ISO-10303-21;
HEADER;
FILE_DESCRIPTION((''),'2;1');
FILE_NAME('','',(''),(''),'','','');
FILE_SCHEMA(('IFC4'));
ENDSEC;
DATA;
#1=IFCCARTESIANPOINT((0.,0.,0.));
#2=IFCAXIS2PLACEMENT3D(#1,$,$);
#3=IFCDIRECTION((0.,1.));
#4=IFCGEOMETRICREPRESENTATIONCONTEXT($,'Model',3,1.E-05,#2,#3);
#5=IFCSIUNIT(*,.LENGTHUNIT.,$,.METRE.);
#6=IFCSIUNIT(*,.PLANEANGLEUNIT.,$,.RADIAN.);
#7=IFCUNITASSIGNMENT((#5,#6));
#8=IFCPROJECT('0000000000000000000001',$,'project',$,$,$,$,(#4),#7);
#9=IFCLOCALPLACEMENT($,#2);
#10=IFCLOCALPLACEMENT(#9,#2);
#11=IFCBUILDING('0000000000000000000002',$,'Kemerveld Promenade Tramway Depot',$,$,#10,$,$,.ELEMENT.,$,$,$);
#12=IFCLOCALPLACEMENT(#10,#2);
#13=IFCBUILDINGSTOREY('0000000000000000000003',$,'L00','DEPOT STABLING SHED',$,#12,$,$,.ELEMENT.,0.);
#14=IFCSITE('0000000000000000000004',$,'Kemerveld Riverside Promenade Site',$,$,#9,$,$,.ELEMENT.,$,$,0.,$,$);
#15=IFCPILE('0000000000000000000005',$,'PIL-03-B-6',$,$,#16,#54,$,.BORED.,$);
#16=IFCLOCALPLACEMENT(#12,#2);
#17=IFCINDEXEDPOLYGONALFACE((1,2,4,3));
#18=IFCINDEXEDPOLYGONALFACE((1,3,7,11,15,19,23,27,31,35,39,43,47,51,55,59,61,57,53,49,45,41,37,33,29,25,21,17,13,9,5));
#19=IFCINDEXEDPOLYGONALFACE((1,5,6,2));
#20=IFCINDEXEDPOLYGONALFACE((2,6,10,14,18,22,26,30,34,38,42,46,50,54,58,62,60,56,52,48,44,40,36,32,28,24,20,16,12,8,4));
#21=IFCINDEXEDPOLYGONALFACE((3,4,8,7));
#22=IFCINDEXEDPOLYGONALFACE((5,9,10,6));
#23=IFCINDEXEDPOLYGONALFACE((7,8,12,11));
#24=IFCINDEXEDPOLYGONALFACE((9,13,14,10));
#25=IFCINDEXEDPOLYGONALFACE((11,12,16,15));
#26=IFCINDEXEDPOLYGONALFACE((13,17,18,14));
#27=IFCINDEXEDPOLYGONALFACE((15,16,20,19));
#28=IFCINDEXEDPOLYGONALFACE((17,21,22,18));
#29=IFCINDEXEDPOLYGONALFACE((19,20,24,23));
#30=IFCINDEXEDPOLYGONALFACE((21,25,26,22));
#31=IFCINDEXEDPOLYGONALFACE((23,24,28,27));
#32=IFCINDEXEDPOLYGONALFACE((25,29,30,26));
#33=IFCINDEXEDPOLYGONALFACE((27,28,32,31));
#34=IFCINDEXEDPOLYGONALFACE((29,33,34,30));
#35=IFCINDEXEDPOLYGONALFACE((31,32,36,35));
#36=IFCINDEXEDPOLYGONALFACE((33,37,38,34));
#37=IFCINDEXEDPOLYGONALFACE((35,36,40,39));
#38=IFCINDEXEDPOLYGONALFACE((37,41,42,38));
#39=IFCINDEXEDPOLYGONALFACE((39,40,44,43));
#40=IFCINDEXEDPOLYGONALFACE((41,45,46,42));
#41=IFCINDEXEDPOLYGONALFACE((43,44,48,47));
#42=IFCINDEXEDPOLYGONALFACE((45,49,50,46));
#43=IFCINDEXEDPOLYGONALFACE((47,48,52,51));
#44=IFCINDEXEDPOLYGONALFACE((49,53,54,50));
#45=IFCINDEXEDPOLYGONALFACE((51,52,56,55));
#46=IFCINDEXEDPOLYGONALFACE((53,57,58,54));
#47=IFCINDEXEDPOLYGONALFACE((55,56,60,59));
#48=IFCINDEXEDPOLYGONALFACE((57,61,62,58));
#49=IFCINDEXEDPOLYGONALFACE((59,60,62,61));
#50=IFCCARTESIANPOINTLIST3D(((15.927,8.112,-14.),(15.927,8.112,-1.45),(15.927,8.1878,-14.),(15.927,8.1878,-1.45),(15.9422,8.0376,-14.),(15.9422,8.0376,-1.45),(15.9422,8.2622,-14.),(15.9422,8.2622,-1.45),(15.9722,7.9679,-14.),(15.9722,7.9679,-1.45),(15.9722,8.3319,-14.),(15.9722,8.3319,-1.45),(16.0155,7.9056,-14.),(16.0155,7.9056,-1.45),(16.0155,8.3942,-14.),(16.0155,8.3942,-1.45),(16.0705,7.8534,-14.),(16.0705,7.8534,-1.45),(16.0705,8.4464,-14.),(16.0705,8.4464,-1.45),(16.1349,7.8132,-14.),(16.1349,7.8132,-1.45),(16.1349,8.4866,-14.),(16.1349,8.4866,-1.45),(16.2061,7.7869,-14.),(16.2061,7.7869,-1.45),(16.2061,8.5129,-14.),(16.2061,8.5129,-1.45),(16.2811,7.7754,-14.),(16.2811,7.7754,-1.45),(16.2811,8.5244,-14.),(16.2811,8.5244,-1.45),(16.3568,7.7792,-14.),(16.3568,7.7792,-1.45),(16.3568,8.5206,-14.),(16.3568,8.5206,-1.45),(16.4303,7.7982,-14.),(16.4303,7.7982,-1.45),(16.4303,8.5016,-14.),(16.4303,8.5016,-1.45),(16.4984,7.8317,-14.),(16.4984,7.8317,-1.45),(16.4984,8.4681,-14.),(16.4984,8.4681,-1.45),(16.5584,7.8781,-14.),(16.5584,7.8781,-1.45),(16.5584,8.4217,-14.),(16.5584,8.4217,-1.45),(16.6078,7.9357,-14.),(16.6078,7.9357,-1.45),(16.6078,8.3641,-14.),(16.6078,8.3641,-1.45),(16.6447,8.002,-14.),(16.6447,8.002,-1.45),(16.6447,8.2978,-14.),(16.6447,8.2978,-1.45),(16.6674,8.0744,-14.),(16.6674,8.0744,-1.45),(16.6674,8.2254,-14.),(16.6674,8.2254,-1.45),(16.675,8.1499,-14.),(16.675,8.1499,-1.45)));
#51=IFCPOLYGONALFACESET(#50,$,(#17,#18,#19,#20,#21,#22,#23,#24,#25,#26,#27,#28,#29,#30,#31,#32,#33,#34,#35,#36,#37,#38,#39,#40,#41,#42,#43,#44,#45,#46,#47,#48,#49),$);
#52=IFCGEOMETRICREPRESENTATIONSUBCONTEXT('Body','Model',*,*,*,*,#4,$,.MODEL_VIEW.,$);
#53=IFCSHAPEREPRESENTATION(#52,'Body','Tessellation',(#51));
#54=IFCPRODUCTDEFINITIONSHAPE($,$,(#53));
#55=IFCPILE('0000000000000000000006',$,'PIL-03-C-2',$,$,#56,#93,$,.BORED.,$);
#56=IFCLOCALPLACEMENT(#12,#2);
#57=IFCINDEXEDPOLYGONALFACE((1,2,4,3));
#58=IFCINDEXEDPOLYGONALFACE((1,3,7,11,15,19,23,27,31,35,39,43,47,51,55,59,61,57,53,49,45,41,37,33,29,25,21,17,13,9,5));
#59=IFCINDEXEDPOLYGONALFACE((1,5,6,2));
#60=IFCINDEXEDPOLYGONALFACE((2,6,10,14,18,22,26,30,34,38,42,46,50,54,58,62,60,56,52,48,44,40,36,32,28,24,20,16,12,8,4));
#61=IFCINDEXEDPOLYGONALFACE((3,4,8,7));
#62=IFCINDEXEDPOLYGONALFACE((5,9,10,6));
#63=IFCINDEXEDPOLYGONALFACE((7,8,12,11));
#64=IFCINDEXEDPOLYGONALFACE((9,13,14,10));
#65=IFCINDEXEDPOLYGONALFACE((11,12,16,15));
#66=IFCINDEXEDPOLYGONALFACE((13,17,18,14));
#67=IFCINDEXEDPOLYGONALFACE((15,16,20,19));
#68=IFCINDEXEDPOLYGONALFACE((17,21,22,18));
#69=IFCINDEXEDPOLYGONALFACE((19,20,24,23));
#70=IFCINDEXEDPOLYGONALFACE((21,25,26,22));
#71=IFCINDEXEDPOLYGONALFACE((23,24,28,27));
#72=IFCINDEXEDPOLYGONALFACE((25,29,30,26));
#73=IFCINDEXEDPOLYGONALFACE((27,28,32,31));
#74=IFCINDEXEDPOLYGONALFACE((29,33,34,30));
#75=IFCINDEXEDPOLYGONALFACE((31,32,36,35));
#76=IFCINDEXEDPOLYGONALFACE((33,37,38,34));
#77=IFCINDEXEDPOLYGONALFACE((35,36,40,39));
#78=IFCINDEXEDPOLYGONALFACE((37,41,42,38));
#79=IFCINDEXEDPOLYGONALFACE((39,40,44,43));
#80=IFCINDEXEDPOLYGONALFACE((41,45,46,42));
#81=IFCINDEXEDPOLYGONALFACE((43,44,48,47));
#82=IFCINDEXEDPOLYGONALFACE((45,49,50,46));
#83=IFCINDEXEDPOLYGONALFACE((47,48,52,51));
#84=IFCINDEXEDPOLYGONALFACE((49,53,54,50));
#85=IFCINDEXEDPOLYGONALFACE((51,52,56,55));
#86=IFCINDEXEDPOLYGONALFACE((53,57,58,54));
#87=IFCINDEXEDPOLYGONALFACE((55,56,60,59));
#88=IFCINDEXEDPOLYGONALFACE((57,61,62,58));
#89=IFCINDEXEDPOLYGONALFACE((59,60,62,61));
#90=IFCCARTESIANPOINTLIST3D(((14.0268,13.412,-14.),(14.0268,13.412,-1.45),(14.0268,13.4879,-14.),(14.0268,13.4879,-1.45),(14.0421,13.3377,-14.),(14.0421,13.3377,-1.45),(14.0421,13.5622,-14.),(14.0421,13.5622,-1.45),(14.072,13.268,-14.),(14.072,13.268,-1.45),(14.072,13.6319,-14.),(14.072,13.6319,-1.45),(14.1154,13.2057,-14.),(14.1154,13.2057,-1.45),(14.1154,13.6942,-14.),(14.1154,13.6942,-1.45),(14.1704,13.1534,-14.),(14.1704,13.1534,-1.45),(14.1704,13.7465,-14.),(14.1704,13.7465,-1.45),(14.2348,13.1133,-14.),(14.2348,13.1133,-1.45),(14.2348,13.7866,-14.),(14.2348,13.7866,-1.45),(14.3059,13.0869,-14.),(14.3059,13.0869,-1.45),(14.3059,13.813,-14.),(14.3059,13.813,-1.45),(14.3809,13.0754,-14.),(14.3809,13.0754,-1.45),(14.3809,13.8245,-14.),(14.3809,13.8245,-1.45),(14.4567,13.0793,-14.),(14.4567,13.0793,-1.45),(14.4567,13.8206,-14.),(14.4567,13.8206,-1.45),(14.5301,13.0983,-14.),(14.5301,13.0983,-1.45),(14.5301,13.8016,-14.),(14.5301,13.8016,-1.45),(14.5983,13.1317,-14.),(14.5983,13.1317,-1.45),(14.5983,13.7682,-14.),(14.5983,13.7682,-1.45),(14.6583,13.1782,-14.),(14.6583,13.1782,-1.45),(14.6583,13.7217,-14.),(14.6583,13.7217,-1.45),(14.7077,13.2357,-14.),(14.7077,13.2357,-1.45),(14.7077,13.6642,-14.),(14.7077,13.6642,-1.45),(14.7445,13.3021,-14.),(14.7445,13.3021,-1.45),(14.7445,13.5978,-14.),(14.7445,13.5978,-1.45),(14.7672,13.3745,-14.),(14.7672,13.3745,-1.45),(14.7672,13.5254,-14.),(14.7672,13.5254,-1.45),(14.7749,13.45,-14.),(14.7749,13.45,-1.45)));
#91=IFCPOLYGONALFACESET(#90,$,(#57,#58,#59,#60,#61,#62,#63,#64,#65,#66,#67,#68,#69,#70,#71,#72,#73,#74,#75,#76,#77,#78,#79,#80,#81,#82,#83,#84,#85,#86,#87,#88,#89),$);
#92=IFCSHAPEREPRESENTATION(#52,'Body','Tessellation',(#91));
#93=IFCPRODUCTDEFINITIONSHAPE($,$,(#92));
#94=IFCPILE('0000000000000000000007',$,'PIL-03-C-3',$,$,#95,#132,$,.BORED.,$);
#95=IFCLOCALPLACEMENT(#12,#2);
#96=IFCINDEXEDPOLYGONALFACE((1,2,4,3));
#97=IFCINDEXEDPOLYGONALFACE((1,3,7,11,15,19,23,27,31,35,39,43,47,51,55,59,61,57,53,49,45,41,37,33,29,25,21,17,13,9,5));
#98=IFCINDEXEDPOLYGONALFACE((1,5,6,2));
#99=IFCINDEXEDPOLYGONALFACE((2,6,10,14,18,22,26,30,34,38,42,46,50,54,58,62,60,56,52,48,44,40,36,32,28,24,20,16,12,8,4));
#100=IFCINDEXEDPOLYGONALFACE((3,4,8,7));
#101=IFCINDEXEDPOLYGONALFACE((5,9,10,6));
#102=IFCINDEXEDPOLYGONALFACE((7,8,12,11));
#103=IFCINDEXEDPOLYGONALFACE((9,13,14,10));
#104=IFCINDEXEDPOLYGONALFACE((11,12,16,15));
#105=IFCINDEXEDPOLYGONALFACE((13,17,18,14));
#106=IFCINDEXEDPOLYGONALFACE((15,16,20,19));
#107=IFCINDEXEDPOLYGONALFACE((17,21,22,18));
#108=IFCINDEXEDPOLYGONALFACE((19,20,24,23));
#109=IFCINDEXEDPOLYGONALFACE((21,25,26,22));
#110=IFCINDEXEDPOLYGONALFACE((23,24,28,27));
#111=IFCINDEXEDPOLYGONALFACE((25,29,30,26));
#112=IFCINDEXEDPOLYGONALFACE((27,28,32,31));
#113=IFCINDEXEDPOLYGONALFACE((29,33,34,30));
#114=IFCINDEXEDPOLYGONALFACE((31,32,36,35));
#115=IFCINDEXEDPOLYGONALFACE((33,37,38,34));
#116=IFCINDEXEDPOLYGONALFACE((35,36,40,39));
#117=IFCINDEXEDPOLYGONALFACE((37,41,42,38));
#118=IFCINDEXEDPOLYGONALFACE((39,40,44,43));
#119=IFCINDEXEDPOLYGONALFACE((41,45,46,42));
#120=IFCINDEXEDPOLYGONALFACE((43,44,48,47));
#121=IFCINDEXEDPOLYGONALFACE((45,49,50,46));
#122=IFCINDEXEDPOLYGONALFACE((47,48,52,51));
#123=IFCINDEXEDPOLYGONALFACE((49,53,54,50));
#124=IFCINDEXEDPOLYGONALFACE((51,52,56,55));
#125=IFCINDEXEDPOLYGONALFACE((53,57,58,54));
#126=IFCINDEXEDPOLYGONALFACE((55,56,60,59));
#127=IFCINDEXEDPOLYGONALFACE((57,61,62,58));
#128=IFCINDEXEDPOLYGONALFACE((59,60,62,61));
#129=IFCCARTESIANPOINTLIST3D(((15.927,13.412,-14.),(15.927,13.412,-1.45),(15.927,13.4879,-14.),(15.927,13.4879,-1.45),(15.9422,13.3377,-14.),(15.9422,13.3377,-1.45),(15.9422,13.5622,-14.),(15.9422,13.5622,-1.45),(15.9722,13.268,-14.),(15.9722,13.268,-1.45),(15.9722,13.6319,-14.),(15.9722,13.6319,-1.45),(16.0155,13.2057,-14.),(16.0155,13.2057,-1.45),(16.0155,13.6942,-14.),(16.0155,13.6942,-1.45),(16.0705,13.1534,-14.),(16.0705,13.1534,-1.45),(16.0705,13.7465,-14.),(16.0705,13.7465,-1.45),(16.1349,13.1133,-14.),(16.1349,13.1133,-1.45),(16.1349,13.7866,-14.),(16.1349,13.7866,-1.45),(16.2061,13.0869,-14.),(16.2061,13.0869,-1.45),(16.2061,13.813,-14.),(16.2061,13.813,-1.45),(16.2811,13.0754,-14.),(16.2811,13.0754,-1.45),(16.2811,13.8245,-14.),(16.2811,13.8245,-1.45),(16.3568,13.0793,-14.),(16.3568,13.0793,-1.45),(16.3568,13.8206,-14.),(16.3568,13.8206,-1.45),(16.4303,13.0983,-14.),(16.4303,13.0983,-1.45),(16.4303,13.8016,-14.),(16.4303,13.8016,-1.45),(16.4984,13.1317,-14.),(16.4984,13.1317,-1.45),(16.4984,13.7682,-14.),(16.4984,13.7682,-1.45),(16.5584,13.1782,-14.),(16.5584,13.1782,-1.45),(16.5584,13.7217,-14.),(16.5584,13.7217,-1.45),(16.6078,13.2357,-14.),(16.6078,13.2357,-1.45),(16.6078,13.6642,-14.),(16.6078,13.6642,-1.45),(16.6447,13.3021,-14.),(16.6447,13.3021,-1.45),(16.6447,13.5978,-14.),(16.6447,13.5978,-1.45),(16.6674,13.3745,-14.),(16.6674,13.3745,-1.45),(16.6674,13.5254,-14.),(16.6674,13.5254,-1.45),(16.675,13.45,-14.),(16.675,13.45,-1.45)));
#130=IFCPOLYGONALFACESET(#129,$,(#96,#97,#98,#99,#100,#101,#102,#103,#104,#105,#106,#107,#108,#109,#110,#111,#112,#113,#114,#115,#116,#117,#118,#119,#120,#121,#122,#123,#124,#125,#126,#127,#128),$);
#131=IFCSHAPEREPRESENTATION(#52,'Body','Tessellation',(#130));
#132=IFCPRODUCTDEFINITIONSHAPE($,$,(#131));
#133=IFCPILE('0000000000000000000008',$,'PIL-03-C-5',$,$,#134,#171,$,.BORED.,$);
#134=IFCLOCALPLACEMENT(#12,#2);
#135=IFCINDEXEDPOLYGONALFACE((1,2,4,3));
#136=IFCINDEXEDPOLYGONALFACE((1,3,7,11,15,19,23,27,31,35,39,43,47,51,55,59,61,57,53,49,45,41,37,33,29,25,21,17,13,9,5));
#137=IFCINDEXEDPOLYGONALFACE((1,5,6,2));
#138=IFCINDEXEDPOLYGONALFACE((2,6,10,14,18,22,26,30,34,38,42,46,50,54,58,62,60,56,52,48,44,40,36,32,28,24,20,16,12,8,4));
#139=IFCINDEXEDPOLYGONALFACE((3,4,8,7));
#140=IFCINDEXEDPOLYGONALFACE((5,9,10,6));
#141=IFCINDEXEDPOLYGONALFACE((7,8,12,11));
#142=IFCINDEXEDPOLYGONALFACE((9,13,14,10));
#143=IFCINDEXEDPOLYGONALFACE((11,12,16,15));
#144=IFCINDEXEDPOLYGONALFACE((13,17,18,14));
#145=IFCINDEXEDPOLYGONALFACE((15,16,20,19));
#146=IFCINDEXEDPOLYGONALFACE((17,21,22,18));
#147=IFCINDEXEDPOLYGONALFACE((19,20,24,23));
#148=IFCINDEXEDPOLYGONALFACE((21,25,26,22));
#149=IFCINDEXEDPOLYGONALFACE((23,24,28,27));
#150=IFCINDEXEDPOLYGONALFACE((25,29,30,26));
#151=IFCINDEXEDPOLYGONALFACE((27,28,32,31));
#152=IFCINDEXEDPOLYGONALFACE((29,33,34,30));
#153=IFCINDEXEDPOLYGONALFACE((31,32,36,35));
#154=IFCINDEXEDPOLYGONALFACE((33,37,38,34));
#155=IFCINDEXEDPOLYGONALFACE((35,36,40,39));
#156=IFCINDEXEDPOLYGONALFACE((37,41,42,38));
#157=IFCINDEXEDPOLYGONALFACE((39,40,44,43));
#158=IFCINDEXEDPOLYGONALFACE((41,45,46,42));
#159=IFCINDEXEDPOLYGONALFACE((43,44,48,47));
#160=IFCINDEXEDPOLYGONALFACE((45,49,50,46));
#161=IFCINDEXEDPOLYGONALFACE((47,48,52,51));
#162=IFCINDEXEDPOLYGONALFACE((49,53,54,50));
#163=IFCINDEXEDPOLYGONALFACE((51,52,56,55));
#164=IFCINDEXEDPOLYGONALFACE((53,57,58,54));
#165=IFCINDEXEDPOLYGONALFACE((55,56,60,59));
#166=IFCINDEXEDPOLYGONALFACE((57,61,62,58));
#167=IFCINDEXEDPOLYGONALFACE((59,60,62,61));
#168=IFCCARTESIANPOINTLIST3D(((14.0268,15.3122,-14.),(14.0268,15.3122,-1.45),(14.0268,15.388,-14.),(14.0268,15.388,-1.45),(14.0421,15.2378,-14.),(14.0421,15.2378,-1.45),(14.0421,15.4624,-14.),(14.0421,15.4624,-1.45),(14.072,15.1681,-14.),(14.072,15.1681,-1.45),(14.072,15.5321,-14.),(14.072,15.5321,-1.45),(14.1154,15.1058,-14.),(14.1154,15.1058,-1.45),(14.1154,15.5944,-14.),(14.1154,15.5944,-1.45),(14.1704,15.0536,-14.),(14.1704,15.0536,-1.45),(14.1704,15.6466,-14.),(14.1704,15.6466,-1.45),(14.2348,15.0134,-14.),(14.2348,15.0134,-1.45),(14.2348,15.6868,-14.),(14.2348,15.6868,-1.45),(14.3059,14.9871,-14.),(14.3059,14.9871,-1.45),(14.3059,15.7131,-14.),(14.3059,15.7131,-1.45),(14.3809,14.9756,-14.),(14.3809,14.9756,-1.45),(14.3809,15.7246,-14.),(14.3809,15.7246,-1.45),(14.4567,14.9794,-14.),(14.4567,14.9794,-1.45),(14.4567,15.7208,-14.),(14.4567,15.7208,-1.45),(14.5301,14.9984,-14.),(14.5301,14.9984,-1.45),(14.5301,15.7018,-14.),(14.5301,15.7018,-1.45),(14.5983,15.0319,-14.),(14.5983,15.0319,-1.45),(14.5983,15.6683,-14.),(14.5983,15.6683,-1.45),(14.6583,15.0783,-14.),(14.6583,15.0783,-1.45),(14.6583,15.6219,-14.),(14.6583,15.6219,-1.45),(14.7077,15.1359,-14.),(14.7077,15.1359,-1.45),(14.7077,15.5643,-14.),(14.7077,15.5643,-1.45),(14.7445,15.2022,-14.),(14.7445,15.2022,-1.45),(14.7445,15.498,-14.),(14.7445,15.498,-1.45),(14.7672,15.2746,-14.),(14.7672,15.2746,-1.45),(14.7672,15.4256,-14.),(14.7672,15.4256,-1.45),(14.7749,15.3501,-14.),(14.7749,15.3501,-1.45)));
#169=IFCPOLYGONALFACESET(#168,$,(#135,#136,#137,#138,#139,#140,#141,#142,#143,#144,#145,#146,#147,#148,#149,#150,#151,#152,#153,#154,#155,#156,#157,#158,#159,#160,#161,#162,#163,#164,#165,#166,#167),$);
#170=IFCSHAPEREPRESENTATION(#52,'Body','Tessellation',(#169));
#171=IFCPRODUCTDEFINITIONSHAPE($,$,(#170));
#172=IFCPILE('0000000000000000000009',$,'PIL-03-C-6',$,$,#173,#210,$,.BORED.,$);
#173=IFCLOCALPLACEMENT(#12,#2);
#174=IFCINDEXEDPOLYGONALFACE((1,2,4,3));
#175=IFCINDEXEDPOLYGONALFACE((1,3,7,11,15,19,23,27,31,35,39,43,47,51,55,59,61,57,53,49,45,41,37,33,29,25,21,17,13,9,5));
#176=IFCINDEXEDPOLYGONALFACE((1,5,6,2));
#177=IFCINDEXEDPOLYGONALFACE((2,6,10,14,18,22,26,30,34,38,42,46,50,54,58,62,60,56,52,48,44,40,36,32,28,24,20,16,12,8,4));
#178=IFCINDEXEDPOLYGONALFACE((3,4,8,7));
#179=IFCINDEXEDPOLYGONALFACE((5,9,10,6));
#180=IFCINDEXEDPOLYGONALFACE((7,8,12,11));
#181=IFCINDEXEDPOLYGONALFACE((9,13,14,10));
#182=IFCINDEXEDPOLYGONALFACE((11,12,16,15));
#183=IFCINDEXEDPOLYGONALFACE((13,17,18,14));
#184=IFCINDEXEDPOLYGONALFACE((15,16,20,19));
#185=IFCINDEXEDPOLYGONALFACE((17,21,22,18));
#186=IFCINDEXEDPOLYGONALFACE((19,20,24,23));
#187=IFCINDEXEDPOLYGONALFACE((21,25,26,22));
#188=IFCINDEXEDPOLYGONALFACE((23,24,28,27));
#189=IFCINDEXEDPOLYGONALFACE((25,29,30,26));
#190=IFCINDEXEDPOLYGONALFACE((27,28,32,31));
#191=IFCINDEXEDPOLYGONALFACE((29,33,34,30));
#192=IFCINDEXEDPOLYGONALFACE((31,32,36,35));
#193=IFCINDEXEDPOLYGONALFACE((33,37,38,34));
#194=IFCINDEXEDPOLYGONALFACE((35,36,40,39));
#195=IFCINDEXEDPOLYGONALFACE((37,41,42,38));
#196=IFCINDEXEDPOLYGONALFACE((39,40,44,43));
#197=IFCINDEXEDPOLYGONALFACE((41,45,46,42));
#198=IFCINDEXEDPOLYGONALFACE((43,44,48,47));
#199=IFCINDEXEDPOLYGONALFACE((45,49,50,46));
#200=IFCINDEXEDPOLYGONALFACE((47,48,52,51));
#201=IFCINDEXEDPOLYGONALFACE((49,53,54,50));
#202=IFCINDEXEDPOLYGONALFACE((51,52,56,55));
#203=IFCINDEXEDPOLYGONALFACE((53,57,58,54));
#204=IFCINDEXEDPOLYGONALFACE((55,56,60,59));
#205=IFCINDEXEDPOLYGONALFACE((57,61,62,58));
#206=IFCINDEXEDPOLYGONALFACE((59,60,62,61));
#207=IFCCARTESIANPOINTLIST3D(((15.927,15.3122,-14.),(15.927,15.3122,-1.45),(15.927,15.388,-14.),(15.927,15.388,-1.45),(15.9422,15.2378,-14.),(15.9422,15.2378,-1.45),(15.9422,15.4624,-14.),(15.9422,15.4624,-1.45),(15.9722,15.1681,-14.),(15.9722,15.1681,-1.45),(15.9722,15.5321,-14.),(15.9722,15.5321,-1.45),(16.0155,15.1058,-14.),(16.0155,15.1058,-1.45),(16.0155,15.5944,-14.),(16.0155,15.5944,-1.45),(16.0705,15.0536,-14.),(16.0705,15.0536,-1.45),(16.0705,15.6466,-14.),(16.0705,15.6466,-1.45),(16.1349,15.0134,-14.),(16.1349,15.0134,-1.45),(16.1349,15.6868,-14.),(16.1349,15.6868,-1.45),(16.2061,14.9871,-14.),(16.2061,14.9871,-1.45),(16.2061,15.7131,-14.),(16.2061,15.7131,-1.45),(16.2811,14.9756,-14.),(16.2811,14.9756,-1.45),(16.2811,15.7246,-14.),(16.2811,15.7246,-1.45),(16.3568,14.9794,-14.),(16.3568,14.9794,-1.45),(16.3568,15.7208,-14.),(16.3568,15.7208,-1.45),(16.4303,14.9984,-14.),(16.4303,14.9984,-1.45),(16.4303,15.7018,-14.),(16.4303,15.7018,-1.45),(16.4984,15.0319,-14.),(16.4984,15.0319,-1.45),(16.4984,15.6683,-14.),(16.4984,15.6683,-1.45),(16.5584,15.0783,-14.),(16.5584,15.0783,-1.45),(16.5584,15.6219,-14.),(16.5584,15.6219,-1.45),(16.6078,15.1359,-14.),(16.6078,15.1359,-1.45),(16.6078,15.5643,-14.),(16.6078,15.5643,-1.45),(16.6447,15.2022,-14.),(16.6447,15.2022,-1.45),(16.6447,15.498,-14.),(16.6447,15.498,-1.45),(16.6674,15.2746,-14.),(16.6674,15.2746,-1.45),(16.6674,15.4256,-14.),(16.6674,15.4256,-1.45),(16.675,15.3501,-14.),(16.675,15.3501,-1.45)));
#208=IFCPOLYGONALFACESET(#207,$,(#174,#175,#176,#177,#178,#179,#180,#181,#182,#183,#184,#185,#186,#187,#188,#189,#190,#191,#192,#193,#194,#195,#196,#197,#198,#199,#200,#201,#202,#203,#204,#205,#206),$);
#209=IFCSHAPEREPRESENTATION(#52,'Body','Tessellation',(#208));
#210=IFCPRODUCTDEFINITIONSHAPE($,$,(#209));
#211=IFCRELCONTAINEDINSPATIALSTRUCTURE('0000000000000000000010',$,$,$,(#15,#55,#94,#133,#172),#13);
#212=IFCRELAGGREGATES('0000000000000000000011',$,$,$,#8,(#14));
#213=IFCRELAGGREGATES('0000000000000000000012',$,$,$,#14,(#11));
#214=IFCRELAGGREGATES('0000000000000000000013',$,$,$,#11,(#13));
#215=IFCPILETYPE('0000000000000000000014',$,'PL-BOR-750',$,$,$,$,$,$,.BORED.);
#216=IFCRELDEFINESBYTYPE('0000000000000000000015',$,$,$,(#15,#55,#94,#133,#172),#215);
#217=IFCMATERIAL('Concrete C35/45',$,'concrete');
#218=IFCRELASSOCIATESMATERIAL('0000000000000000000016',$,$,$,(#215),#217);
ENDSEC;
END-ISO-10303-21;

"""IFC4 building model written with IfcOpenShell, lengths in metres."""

from ifc_helpers import new_model, si_unit, direction, frame, origin, origin_2d, place, context, subcontext, project, spatial, circle, extrude, material, material_profile, profile_set, type_object, element, save


model = new_model("IFC4")

# Units and contexts
model_context = context("Model", 3, precision=1e-05, world=origin(), true_north=direction((0.0, 1.0)))
body_context = subcontext(model_context, "Body", "Model", "MODEL_VIEW")
ifc_project = project(units=[si_unit("LENGTHUNIT", "METRE"), si_unit("PLANEANGLEUNIT", "RADIAN")], contexts=[model_context])

# Site, building, storey
site_placement = place(None, origin())
site = spatial("IfcSite", under=ifc_project, at=site_placement, Name="Kemerveld Riverside Promenade Site", CompositionType="ELEMENT", RefElevation=0.0)
building_placement = place(site_placement, origin())
building = spatial("IfcBuilding", under=site, at=building_placement, Name="Kemerveld Promenade Tramway Depot", CompositionType="ELEMENT")
storey_placement = place(building_placement, origin())
storey = spatial("IfcBuildingStorey", under=building, at=storey_placement, Name="L00", Description="DEPOT STABLING SHED", CompositionType="ELEMENT", Elevation=0.0)

# Shared definitions
ifc_material_1 = material(Name="Concrete C35/45", Category="concrete")

# Piles
ifc_material_profile_1 = material_profile(ifc_material_1, circle(Radius=0.375, at=origin_2d()), Name="PILE-D750")
ifc_profile_set_1 = profile_set([ifc_material_profile_1], Name="Concrete C35/45")
pile_type_1 = type_object("IfcPileType", Name="PL-BOR-750", PredefinedType="BORED", material=ifc_profile_set_1)
for number, where, z_axis, x_axis, name in (
    (1, (16.3, 8.1499, -1.45), (0.0, 0.0, -1.0), (1.0, 0.0, 0.0), "PIL-03-B-6"),
    (2, (14.3999, 13.45, -1.45), (0.0, 0.0, -1.0), (1.0, 0.0, 0.0), "PIL-03-C-2"),
    (3, (16.3, 13.45, -1.45), (0.0, 0.0, -1.0), (1.0, 0.0, 0.0), "PIL-03-C-3"),
    (4, (14.3999, 15.3501, -1.45), (0.0, 0.0, -1.0), (1.0, 0.0, 0.0), "PIL-03-C-5"),
    (5, (16.3, 15.3501, -1.45), (0.0, 0.0, -1.0), (1.0, 0.0, 0.0), "PIL-03-C-6"),
):
    element("IfcPile", number, at=place(storey_placement, frame(where, z_axis=z_axis, x_axis=x_axis)), inside=storey, type_object=pile_type_1, Name=name, PredefinedType="BORED", context=body_context, shape_type="SweptSolid", body=[
        extrude(circle(Radius=0.375, at=origin_2d()), origin(), (0.0, 0.0, 1.0), 12.55),
    ])

save(model, "model.ifc")
